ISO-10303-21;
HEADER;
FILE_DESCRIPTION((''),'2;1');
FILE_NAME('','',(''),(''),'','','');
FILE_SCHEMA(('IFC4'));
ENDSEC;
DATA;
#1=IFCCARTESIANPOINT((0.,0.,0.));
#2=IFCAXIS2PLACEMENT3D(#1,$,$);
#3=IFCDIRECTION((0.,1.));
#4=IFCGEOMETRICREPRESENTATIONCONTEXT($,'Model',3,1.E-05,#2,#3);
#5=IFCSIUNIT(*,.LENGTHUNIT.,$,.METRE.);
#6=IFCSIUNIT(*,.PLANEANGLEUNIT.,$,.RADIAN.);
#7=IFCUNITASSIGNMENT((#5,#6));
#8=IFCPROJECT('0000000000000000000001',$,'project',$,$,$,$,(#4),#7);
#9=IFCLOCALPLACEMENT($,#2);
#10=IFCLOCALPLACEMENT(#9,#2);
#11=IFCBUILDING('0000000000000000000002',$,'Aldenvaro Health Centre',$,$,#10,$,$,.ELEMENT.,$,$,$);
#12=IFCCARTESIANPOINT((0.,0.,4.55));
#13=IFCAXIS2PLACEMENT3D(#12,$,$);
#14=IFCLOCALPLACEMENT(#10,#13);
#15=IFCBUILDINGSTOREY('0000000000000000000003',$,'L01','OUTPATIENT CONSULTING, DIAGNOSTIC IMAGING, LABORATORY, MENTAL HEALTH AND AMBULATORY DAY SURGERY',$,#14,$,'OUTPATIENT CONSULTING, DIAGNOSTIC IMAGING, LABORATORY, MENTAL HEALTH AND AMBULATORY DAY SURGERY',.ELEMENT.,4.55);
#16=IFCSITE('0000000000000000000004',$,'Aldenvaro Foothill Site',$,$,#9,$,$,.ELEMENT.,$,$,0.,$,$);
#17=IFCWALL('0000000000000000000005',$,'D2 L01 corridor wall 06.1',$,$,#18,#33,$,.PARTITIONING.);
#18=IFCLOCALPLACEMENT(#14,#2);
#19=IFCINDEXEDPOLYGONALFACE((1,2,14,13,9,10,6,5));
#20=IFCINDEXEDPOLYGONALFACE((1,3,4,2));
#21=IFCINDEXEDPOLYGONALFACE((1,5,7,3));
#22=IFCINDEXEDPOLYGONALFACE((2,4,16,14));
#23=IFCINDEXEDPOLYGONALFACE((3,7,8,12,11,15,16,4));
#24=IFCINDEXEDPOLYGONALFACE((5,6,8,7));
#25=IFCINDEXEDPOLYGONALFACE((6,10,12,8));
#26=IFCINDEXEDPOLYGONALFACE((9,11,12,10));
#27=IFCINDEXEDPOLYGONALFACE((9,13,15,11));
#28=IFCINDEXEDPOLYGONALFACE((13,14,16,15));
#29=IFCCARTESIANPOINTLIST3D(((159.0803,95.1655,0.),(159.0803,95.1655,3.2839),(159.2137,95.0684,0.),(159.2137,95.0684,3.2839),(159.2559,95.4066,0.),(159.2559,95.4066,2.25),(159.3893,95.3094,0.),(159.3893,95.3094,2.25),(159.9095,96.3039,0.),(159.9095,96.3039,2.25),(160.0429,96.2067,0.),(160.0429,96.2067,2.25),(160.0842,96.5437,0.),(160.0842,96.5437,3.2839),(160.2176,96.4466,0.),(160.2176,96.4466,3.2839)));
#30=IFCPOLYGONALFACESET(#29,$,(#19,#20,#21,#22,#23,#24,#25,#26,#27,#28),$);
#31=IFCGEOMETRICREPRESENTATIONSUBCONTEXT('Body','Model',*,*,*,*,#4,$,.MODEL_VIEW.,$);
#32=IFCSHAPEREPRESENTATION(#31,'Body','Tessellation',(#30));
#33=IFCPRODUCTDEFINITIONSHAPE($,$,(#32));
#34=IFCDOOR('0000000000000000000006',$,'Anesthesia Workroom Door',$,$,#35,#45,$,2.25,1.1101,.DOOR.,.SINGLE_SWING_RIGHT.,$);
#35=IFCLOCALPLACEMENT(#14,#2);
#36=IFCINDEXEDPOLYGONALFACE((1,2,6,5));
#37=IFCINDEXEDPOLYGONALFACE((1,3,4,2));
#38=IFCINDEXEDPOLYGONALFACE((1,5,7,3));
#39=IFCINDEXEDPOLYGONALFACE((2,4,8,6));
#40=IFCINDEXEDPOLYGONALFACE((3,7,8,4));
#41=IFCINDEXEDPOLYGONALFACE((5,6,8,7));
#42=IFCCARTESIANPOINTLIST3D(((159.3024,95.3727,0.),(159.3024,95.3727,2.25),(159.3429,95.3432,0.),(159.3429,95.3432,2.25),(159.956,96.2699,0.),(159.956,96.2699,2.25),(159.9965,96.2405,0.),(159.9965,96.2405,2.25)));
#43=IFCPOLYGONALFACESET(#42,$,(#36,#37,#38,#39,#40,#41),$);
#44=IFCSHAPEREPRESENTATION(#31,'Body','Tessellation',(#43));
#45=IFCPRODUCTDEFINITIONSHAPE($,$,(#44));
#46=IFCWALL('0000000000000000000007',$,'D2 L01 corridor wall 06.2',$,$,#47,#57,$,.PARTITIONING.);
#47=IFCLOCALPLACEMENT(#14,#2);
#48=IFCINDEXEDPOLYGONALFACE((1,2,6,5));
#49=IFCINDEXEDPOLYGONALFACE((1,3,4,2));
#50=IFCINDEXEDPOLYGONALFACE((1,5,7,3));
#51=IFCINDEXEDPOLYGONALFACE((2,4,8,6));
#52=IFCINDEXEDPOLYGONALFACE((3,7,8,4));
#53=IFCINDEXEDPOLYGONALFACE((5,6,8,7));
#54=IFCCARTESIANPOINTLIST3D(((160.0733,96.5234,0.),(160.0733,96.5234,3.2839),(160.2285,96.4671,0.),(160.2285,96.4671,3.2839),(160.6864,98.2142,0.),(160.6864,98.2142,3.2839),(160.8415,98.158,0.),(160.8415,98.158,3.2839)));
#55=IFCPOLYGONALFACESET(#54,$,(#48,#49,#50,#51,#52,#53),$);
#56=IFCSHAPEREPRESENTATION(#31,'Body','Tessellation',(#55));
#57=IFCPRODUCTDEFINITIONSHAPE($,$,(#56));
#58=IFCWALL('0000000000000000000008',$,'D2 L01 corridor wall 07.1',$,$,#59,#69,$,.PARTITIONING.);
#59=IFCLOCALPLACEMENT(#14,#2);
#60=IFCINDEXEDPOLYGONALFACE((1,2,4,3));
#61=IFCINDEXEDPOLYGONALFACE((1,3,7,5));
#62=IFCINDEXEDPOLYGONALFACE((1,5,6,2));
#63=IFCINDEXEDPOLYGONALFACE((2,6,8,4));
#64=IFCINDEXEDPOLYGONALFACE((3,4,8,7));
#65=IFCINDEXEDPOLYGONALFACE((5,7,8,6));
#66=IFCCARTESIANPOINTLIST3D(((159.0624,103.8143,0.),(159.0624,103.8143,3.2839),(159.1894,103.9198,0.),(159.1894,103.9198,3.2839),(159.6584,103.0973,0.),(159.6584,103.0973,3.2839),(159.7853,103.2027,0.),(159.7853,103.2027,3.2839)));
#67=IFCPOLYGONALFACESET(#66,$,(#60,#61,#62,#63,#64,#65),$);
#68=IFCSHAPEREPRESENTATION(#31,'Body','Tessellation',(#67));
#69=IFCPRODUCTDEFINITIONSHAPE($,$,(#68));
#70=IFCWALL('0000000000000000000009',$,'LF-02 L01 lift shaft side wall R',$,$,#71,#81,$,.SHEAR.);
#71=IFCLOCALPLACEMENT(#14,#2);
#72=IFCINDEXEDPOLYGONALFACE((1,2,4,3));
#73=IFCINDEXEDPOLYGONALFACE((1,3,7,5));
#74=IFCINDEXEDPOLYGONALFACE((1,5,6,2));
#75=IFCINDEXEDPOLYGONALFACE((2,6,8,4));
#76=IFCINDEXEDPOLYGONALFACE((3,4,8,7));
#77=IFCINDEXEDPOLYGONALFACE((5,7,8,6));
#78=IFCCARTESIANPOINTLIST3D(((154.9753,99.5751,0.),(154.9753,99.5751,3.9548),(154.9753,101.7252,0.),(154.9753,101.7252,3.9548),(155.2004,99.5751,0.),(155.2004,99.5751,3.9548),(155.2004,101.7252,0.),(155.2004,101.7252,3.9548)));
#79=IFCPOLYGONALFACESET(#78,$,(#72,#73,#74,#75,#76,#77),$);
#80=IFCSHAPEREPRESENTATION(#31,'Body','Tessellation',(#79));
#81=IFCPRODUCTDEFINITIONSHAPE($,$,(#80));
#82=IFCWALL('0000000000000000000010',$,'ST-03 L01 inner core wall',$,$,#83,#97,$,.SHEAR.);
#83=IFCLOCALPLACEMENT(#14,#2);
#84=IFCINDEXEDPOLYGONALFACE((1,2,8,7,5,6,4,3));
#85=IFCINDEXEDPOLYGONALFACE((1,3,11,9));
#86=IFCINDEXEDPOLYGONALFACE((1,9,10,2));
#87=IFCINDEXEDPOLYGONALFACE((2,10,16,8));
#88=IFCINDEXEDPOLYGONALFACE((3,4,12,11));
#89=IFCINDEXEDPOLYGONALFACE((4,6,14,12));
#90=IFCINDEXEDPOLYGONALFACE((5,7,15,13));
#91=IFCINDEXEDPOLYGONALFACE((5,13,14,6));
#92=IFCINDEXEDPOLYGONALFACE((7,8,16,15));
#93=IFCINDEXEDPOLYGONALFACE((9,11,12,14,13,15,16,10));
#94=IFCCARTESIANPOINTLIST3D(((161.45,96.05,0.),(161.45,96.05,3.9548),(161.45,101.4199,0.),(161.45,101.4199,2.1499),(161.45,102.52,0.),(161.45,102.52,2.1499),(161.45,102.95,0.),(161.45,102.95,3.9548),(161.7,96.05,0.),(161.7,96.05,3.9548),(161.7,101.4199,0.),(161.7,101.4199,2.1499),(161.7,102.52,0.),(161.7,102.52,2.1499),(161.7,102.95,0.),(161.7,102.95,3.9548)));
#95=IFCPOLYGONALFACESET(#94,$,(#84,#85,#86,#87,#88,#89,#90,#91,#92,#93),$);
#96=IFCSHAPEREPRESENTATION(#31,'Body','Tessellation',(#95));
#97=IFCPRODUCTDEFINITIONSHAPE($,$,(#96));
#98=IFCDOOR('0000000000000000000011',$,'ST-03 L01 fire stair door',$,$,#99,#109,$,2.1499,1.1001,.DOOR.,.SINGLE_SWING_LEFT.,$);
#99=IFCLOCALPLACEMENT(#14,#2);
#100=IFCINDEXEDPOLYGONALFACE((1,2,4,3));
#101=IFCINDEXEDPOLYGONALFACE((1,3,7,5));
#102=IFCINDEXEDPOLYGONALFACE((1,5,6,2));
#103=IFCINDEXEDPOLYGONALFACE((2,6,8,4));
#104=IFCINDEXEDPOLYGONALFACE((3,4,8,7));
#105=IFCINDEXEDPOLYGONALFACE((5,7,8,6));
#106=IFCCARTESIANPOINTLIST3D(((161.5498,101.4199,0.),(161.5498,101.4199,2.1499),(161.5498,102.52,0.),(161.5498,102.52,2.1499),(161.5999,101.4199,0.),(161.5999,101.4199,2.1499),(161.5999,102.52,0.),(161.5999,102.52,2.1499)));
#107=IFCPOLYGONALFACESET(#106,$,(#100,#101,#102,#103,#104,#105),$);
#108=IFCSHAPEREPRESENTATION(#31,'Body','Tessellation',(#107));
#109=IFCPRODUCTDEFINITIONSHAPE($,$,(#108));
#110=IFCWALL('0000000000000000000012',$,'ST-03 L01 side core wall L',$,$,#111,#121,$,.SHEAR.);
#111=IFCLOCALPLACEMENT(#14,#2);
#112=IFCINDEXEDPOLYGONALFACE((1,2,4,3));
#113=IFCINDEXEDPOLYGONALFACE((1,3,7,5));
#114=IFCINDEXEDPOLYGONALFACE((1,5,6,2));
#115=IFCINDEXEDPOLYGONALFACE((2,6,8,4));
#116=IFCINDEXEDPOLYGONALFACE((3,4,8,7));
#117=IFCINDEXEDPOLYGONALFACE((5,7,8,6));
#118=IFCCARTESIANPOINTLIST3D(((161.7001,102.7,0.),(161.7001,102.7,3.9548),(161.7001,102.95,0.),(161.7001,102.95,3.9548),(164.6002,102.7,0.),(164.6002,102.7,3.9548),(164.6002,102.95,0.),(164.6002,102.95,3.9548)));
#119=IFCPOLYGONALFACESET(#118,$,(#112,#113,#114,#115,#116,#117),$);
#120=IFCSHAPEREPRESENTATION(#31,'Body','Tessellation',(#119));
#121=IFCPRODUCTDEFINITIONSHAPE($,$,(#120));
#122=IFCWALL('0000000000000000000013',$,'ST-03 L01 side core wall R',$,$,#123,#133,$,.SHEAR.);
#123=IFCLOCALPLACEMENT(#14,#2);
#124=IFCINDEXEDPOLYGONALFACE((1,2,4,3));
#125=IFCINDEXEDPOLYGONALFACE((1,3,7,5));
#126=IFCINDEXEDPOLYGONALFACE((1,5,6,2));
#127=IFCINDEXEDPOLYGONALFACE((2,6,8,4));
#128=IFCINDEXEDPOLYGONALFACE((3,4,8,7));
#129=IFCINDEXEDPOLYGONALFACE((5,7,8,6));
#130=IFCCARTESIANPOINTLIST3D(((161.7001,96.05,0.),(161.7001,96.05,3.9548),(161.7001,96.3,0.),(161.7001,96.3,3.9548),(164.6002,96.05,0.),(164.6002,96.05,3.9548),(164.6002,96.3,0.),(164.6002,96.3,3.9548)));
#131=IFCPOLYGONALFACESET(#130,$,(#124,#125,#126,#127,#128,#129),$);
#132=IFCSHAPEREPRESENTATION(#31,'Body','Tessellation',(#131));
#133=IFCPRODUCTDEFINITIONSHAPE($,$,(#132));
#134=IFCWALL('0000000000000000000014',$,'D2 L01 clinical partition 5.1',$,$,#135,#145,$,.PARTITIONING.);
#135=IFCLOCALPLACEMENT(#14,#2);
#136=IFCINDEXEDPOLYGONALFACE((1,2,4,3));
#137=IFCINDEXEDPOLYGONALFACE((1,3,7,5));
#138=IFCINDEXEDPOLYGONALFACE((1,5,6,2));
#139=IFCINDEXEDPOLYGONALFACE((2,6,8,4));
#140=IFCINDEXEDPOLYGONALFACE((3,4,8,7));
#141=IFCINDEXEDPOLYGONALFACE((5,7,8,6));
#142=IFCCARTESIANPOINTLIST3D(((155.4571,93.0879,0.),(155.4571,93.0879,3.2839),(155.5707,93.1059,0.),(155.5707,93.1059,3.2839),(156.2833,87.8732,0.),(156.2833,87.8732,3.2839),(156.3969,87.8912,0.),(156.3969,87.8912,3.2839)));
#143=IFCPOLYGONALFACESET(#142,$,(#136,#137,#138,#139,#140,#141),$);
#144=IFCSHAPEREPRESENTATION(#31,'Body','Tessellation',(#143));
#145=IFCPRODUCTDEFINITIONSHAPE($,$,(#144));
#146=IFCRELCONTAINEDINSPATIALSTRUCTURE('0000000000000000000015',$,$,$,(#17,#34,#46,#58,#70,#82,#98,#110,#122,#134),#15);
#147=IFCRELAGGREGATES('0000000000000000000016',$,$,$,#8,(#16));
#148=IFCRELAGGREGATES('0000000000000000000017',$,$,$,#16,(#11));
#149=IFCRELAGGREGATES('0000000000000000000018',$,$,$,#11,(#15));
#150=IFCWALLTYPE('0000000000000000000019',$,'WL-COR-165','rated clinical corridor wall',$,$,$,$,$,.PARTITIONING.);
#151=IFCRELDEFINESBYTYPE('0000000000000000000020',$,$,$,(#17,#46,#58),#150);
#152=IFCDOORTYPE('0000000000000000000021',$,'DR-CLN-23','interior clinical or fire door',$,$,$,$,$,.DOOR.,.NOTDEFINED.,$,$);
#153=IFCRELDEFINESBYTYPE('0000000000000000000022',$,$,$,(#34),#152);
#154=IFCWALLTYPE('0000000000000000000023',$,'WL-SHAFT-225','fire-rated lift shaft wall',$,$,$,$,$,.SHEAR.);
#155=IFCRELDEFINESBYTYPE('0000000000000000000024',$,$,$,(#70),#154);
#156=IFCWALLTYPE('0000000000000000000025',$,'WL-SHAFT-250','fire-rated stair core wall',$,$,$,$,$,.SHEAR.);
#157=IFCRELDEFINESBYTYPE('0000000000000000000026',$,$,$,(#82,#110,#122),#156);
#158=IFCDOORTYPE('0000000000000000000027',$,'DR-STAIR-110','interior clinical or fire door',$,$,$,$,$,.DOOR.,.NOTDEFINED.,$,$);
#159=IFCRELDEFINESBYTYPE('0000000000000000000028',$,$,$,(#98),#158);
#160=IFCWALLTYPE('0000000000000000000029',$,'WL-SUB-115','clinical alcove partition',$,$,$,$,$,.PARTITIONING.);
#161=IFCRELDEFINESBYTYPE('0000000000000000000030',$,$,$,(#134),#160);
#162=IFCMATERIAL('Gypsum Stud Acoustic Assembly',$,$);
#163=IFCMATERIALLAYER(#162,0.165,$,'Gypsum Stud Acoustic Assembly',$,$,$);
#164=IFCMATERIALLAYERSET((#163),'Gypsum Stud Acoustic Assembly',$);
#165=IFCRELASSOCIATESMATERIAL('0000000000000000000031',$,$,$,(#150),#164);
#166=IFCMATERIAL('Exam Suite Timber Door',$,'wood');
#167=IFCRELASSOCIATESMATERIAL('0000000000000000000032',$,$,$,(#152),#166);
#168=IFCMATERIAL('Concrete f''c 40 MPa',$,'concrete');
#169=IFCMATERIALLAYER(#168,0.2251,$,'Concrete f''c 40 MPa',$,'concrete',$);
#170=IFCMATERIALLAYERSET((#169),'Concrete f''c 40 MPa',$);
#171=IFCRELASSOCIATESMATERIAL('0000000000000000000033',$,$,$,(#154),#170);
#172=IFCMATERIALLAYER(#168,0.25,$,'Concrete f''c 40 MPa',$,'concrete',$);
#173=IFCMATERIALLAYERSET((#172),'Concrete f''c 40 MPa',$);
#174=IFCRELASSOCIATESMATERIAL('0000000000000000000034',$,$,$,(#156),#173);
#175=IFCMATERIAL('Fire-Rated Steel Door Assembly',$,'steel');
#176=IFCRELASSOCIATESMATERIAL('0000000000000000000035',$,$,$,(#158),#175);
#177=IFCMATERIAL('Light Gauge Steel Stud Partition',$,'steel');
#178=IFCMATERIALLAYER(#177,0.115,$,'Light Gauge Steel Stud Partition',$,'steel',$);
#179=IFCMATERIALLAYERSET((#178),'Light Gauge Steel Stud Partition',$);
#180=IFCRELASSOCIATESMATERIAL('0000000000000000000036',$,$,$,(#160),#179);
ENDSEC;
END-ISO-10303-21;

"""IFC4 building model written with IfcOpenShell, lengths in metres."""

from ifc_helpers import new_model, si_unit, direction, frame, frame_2d, origin, place, context, subcontext, project, spatial, rectangle, extrude, material, layer, layer_set, type_object, element, fill, save


model = new_model("IFC4")

# Units and contexts
model_context = context("Model", 3, precision=1e-05, world=origin(), true_north=direction((0.0, 1.0)))
body_context = subcontext(model_context, "Body", "Model", "MODEL_VIEW")
ifc_project = project(units=[si_unit("LENGTHUNIT", "METRE"), si_unit("PLANEANGLEUNIT", "RADIAN")], contexts=[model_context])

# Site, building, storey
site_placement = place(None, origin())
site = spatial("IfcSite", under=ifc_project, at=site_placement, Name="Aldenvaro Foothill Site", CompositionType="ELEMENT", RefElevation=0.0)
building_placement = place(site_placement, origin())
building = spatial("IfcBuilding", under=site, at=building_placement, Name="Aldenvaro Health Centre", CompositionType="ELEMENT")
storey_placement = place(building_placement, frame((0.0, 0.0, 4.55)))
storey = spatial("IfcBuildingStorey", under=building, at=storey_placement, Name="L01", Description="OUTPATIENT CONSULTING, DIAGNOSTIC IMAGING, LABORATORY, MENTAL HEALTH AND AMBULATORY DAY SURGERY", LongName="OUTPATIENT CONSULTING, DIAGNOSTIC IMAGING, LABORATORY, MENTAL HEALTH AND AMBULATORY DAY SURGERY", CompositionType="ELEMENT", Elevation=4.55)

# Shared definitions
ifc_material_1 = material(Name="Concrete f'c 40 MPa", Category="concrete")

# Shared definitions
ifc_material_2 = material(Name="Gypsum Stud Acoustic Assembly")
ifc_layer_1 = layer(ifc_material_2, 0.165, Name="Gypsum Stud Acoustic Assembly")
ifc_layer_set_1 = layer_set([ifc_layer_1], Name="Gypsum Stud Acoustic Assembly")
wall_type_1 = type_object("IfcWallType", Name="WL-COR-165", Description="rated clinical corridor wall", PredefinedType="PARTITIONING", material=ifc_layer_set_1)

# Wall, opening, door
wall_1_placement = place(storey_placement, frame((159.147, 95.1169, 0.0), z_axis=(0.0, 0.0, 1.0), x_axis=(0.588785, 0.80829, 0.0)))
wall_1 = element("IfcWall", 1, at=wall_1_placement, inside=storey, type_object=wall_type_1, Name="D2 L01 corridor wall 06.1", PredefinedType="PARTITIONING", context=body_context, shape_type="SweptSolid", body=[
    extrude(rectangle(XDim=1.7051, YDim=0.165, at=frame_2d((0.8525, 0.0))), origin(), (0.0, 0.0, 1.0), 3.2839),
])
opening_1_placement = place(wall_1_placement, frame((0.2981, 0.0, 0.0)))
opening_1 = element("IfcOpeningElement", 2, at=opening_1_placement, cuts=wall_1, PredefinedType="OPENING", context=body_context, shape_type="SweptSolid", body=[
    extrude(rectangle(XDim=1.1101, YDim=2.25, at=frame_2d((0.5552, 1.125))), frame((0.0, 0.0925, 0.0), z_axis=(0.0, -1.0, 0.0), x_axis=(1.0, 0.0, 0.0)), (0.0, 0.0, 1.0), 0.1851),
])
ifc_material_3 = material(Name="Exam Suite Timber Door", Category="wood")
door_type_1 = type_object("IfcDoorType", Name="DR-CLN-23", Description="interior clinical or fire door", OperationType="NOTDEFINED", PredefinedType="DOOR", material=ifc_material_3)
door_1_placement = place(opening_1_placement, origin())
door_1 = element("IfcDoor", 3, at=door_1_placement, inside=storey, type_object=door_type_1, Name="Anesthesia Workroom Door", OperationType="SINGLE_SWING_RIGHT", OverallHeight=2.25, OverallWidth=1.1101, PredefinedType="DOOR", context=body_context, shape_type="SweptSolid", body=[
    extrude(rectangle(XDim=1.1101, YDim=2.25, at=frame_2d((0.5552, 1.125))), frame((0.0, 0.0249, 0.0), z_axis=(0.0, -1.0, 0.0), x_axis=(1.0, 0.0, 0.0)), (0.0, 0.0, 1.0), 0.05),
])
fill(opening_1, door_1)

# Walls
wall_2_placement = place(storey_placement, frame((160.1509, 96.4951, 0.0), z_axis=(0.0, 0.0, 1.0), x_axis=(0.340838, 0.940122, 0.0)))
element("IfcWall", 4, at=wall_2_placement, inside=storey, type_object=wall_type_1, Name="D2 L01 corridor wall 06.2", PredefinedType="PARTITIONING", context=body_context, shape_type="SweptSolid", body=[
    extrude(rectangle(XDim=1.7986, YDim=0.165, at=frame_2d((0.8994, 0.0))), origin(), (0.0, 0.0, 1.0), 3.2839),
])
wall_3_placement = place(storey_placement, frame((159.7219, 103.1499, 0.0), z_axis=(0.0, 0.0, 1.0), x_axis=(-0.639179, 0.769058, 0.0)))
element("IfcWall", 5, at=wall_3_placement, inside=storey, type_object=wall_type_1, Name="D2 L01 corridor wall 07.1", PredefinedType="PARTITIONING", context=body_context, shape_type="SweptSolid", body=[
    extrude(rectangle(XDim=0.9324, YDim=0.165, at=frame_2d((0.4663, 0.0))), origin(), (0.0, 0.0, 1.0), 3.2839),
])
ifc_layer_2 = layer(ifc_material_1, 0.2251, Name="Concrete f'c 40 MPa", Category="concrete")
ifc_layer_set_2 = layer_set([ifc_layer_2], Name="Concrete f'c 40 MPa")
wall_type_2 = type_object("IfcWallType", Name="WL-SHAFT-225", Description="fire-rated lift shaft wall", PredefinedType="SHEAR", material=ifc_layer_set_2)
wall_4_placement = place(storey_placement, frame((155.0879, 99.575, 0.0), z_axis=(0.0, 0.0, 1.0), x_axis=(0.0, 1.0, 0.0)))
element("IfcWall", 6, at=wall_4_placement, inside=storey, type_object=wall_type_2, Name="LF-02 L01 lift shaft side wall R", PredefinedType="SHEAR", context=body_context, shape_type="SweptSolid", body=[
    extrude(rectangle(XDim=2.1501, YDim=0.2251, at=frame_2d((1.0752, 0.0))), origin(), (0.0, 0.0, 1.0), 3.9548),
])

# Wall, opening, door
ifc_layer_3 = layer(ifc_material_1, 0.25, Name="Concrete f'c 40 MPa", Category="concrete")
ifc_layer_set_3 = layer_set([ifc_layer_3], Name="Concrete f'c 40 MPa")
wall_type_3 = type_object("IfcWallType", Name="WL-SHAFT-250", Description="fire-rated stair core wall", PredefinedType="SHEAR", material=ifc_layer_set_3)
wall_5_placement = place(storey_placement, frame((161.575, 102.95, 0.0), z_axis=(0.0, 0.0, 1.0), x_axis=(0.0, -1.0, 0.0)))
wall_5 = element("IfcWall", 7, at=wall_5_placement, inside=storey, type_object=wall_type_3, Name="ST-03 L01 inner core wall", PredefinedType="SHEAR", context=body_context, shape_type="SweptSolid", body=[
    extrude(rectangle(XDim=6.8999, YDim=0.25, at=frame_2d((3.45, 0.0))), origin(), (0.0, 0.0, 1.0), 3.9548),
])
opening_2_placement = place(wall_5_placement, frame((0.4299, 0.0, 0.0)))
opening_2 = element("IfcOpeningElement", 8, at=opening_2_placement, cuts=wall_5, PredefinedType="OPENING", context=body_context, shape_type="SweptSolid", body=[
    extrude(rectangle(XDim=1.1001, YDim=2.1499, at=frame_2d((0.55, 1.075))), frame((0.0, 0.135, 0.0), z_axis=(0.0, -1.0, 0.0), x_axis=(1.0, 0.0, 0.0)), (0.0, 0.0, 1.0), 0.27),
])
ifc_material_4 = material(Name="Fire-Rated Steel Door Assembly", Category="steel")
door_type_2 = type_object("IfcDoorType", Name="DR-STAIR-110", Description="interior clinical or fire door", OperationType="NOTDEFINED", PredefinedType="DOOR", material=ifc_material_4)
door_2_placement = place(opening_2_placement, origin())
door_2 = element("IfcDoor", 9, at=door_2_placement, inside=storey, type_object=door_type_2, Name="ST-03 L01 fire stair door", OperationType="SINGLE_SWING_LEFT", OverallHeight=2.1499, OverallWidth=1.1001, PredefinedType="DOOR", context=body_context, shape_type="SweptSolid", body=[
    extrude(rectangle(XDim=1.1001, YDim=2.1499, at=frame_2d((0.55, 1.075))), frame((0.0, 0.0249, 0.0), z_axis=(0.0, -1.0, 0.0), x_axis=(1.0, 0.0, 0.0)), (0.0, 0.0, 1.0), 0.05),
])
fill(opening_2, door_2)

# Walls
for number, where, z_axis, x_axis, name in (
    (10, (161.7, 102.825, 0.0), (0.0, 0.0, 1.0), (1.0, 0.0, 0.0), "ST-03 L01 side core wall L"),
    (11, (161.7, 96.175, 0.0), (0.0, 0.0, 1.0), (1.0, 0.0, 0.0), "ST-03 L01 side core wall R"),
):
    element("IfcWall", number, at=place(storey_placement, frame(where, z_axis=z_axis, x_axis=x_axis)), inside=storey, type_object=wall_type_3, Name=name, PredefinedType="SHEAR", context=body_context, shape_type="SweptSolid", body=[
        extrude(rectangle(XDim=2.9001, YDim=0.25, at=frame_2d((1.4502, 0.0))), origin(), (0.0, 0.0, 1.0), 3.9548),
    ])
ifc_material_5 = material(Name="Light Gauge Steel Stud Partition", Category="steel")
ifc_layer_4 = layer(ifc_material_5, 0.115, Name="Light Gauge Steel Stud Partition", Category="steel")
ifc_layer_set_4 = layer_set([ifc_layer_4], Name="Light Gauge Steel Stud Partition")
wall_type_4 = type_object("IfcWallType", Name="WL-SUB-115", Description="clinical alcove partition", PredefinedType="PARTITIONING", material=ifc_layer_set_4)
wall_6_placement = place(storey_placement, frame((155.5139, 93.0969, 0.0), z_axis=(0.0, 0.0, 1.0), x_axis=(0.156475, -0.987682, 0.0)))
element("IfcWall", 12, at=wall_6_placement, inside=storey, type_object=wall_type_4, Name="D2 L01 clinical partition 5.1", PredefinedType="PARTITIONING", context=body_context, shape_type="SweptSolid", body=[
    extrude(rectangle(XDim=5.2798, YDim=0.115, at=frame_2d((2.6399, 0.0))), origin(), (0.0, 0.0, 1.0), 3.2839),
])

save(model, "model.ifc")
